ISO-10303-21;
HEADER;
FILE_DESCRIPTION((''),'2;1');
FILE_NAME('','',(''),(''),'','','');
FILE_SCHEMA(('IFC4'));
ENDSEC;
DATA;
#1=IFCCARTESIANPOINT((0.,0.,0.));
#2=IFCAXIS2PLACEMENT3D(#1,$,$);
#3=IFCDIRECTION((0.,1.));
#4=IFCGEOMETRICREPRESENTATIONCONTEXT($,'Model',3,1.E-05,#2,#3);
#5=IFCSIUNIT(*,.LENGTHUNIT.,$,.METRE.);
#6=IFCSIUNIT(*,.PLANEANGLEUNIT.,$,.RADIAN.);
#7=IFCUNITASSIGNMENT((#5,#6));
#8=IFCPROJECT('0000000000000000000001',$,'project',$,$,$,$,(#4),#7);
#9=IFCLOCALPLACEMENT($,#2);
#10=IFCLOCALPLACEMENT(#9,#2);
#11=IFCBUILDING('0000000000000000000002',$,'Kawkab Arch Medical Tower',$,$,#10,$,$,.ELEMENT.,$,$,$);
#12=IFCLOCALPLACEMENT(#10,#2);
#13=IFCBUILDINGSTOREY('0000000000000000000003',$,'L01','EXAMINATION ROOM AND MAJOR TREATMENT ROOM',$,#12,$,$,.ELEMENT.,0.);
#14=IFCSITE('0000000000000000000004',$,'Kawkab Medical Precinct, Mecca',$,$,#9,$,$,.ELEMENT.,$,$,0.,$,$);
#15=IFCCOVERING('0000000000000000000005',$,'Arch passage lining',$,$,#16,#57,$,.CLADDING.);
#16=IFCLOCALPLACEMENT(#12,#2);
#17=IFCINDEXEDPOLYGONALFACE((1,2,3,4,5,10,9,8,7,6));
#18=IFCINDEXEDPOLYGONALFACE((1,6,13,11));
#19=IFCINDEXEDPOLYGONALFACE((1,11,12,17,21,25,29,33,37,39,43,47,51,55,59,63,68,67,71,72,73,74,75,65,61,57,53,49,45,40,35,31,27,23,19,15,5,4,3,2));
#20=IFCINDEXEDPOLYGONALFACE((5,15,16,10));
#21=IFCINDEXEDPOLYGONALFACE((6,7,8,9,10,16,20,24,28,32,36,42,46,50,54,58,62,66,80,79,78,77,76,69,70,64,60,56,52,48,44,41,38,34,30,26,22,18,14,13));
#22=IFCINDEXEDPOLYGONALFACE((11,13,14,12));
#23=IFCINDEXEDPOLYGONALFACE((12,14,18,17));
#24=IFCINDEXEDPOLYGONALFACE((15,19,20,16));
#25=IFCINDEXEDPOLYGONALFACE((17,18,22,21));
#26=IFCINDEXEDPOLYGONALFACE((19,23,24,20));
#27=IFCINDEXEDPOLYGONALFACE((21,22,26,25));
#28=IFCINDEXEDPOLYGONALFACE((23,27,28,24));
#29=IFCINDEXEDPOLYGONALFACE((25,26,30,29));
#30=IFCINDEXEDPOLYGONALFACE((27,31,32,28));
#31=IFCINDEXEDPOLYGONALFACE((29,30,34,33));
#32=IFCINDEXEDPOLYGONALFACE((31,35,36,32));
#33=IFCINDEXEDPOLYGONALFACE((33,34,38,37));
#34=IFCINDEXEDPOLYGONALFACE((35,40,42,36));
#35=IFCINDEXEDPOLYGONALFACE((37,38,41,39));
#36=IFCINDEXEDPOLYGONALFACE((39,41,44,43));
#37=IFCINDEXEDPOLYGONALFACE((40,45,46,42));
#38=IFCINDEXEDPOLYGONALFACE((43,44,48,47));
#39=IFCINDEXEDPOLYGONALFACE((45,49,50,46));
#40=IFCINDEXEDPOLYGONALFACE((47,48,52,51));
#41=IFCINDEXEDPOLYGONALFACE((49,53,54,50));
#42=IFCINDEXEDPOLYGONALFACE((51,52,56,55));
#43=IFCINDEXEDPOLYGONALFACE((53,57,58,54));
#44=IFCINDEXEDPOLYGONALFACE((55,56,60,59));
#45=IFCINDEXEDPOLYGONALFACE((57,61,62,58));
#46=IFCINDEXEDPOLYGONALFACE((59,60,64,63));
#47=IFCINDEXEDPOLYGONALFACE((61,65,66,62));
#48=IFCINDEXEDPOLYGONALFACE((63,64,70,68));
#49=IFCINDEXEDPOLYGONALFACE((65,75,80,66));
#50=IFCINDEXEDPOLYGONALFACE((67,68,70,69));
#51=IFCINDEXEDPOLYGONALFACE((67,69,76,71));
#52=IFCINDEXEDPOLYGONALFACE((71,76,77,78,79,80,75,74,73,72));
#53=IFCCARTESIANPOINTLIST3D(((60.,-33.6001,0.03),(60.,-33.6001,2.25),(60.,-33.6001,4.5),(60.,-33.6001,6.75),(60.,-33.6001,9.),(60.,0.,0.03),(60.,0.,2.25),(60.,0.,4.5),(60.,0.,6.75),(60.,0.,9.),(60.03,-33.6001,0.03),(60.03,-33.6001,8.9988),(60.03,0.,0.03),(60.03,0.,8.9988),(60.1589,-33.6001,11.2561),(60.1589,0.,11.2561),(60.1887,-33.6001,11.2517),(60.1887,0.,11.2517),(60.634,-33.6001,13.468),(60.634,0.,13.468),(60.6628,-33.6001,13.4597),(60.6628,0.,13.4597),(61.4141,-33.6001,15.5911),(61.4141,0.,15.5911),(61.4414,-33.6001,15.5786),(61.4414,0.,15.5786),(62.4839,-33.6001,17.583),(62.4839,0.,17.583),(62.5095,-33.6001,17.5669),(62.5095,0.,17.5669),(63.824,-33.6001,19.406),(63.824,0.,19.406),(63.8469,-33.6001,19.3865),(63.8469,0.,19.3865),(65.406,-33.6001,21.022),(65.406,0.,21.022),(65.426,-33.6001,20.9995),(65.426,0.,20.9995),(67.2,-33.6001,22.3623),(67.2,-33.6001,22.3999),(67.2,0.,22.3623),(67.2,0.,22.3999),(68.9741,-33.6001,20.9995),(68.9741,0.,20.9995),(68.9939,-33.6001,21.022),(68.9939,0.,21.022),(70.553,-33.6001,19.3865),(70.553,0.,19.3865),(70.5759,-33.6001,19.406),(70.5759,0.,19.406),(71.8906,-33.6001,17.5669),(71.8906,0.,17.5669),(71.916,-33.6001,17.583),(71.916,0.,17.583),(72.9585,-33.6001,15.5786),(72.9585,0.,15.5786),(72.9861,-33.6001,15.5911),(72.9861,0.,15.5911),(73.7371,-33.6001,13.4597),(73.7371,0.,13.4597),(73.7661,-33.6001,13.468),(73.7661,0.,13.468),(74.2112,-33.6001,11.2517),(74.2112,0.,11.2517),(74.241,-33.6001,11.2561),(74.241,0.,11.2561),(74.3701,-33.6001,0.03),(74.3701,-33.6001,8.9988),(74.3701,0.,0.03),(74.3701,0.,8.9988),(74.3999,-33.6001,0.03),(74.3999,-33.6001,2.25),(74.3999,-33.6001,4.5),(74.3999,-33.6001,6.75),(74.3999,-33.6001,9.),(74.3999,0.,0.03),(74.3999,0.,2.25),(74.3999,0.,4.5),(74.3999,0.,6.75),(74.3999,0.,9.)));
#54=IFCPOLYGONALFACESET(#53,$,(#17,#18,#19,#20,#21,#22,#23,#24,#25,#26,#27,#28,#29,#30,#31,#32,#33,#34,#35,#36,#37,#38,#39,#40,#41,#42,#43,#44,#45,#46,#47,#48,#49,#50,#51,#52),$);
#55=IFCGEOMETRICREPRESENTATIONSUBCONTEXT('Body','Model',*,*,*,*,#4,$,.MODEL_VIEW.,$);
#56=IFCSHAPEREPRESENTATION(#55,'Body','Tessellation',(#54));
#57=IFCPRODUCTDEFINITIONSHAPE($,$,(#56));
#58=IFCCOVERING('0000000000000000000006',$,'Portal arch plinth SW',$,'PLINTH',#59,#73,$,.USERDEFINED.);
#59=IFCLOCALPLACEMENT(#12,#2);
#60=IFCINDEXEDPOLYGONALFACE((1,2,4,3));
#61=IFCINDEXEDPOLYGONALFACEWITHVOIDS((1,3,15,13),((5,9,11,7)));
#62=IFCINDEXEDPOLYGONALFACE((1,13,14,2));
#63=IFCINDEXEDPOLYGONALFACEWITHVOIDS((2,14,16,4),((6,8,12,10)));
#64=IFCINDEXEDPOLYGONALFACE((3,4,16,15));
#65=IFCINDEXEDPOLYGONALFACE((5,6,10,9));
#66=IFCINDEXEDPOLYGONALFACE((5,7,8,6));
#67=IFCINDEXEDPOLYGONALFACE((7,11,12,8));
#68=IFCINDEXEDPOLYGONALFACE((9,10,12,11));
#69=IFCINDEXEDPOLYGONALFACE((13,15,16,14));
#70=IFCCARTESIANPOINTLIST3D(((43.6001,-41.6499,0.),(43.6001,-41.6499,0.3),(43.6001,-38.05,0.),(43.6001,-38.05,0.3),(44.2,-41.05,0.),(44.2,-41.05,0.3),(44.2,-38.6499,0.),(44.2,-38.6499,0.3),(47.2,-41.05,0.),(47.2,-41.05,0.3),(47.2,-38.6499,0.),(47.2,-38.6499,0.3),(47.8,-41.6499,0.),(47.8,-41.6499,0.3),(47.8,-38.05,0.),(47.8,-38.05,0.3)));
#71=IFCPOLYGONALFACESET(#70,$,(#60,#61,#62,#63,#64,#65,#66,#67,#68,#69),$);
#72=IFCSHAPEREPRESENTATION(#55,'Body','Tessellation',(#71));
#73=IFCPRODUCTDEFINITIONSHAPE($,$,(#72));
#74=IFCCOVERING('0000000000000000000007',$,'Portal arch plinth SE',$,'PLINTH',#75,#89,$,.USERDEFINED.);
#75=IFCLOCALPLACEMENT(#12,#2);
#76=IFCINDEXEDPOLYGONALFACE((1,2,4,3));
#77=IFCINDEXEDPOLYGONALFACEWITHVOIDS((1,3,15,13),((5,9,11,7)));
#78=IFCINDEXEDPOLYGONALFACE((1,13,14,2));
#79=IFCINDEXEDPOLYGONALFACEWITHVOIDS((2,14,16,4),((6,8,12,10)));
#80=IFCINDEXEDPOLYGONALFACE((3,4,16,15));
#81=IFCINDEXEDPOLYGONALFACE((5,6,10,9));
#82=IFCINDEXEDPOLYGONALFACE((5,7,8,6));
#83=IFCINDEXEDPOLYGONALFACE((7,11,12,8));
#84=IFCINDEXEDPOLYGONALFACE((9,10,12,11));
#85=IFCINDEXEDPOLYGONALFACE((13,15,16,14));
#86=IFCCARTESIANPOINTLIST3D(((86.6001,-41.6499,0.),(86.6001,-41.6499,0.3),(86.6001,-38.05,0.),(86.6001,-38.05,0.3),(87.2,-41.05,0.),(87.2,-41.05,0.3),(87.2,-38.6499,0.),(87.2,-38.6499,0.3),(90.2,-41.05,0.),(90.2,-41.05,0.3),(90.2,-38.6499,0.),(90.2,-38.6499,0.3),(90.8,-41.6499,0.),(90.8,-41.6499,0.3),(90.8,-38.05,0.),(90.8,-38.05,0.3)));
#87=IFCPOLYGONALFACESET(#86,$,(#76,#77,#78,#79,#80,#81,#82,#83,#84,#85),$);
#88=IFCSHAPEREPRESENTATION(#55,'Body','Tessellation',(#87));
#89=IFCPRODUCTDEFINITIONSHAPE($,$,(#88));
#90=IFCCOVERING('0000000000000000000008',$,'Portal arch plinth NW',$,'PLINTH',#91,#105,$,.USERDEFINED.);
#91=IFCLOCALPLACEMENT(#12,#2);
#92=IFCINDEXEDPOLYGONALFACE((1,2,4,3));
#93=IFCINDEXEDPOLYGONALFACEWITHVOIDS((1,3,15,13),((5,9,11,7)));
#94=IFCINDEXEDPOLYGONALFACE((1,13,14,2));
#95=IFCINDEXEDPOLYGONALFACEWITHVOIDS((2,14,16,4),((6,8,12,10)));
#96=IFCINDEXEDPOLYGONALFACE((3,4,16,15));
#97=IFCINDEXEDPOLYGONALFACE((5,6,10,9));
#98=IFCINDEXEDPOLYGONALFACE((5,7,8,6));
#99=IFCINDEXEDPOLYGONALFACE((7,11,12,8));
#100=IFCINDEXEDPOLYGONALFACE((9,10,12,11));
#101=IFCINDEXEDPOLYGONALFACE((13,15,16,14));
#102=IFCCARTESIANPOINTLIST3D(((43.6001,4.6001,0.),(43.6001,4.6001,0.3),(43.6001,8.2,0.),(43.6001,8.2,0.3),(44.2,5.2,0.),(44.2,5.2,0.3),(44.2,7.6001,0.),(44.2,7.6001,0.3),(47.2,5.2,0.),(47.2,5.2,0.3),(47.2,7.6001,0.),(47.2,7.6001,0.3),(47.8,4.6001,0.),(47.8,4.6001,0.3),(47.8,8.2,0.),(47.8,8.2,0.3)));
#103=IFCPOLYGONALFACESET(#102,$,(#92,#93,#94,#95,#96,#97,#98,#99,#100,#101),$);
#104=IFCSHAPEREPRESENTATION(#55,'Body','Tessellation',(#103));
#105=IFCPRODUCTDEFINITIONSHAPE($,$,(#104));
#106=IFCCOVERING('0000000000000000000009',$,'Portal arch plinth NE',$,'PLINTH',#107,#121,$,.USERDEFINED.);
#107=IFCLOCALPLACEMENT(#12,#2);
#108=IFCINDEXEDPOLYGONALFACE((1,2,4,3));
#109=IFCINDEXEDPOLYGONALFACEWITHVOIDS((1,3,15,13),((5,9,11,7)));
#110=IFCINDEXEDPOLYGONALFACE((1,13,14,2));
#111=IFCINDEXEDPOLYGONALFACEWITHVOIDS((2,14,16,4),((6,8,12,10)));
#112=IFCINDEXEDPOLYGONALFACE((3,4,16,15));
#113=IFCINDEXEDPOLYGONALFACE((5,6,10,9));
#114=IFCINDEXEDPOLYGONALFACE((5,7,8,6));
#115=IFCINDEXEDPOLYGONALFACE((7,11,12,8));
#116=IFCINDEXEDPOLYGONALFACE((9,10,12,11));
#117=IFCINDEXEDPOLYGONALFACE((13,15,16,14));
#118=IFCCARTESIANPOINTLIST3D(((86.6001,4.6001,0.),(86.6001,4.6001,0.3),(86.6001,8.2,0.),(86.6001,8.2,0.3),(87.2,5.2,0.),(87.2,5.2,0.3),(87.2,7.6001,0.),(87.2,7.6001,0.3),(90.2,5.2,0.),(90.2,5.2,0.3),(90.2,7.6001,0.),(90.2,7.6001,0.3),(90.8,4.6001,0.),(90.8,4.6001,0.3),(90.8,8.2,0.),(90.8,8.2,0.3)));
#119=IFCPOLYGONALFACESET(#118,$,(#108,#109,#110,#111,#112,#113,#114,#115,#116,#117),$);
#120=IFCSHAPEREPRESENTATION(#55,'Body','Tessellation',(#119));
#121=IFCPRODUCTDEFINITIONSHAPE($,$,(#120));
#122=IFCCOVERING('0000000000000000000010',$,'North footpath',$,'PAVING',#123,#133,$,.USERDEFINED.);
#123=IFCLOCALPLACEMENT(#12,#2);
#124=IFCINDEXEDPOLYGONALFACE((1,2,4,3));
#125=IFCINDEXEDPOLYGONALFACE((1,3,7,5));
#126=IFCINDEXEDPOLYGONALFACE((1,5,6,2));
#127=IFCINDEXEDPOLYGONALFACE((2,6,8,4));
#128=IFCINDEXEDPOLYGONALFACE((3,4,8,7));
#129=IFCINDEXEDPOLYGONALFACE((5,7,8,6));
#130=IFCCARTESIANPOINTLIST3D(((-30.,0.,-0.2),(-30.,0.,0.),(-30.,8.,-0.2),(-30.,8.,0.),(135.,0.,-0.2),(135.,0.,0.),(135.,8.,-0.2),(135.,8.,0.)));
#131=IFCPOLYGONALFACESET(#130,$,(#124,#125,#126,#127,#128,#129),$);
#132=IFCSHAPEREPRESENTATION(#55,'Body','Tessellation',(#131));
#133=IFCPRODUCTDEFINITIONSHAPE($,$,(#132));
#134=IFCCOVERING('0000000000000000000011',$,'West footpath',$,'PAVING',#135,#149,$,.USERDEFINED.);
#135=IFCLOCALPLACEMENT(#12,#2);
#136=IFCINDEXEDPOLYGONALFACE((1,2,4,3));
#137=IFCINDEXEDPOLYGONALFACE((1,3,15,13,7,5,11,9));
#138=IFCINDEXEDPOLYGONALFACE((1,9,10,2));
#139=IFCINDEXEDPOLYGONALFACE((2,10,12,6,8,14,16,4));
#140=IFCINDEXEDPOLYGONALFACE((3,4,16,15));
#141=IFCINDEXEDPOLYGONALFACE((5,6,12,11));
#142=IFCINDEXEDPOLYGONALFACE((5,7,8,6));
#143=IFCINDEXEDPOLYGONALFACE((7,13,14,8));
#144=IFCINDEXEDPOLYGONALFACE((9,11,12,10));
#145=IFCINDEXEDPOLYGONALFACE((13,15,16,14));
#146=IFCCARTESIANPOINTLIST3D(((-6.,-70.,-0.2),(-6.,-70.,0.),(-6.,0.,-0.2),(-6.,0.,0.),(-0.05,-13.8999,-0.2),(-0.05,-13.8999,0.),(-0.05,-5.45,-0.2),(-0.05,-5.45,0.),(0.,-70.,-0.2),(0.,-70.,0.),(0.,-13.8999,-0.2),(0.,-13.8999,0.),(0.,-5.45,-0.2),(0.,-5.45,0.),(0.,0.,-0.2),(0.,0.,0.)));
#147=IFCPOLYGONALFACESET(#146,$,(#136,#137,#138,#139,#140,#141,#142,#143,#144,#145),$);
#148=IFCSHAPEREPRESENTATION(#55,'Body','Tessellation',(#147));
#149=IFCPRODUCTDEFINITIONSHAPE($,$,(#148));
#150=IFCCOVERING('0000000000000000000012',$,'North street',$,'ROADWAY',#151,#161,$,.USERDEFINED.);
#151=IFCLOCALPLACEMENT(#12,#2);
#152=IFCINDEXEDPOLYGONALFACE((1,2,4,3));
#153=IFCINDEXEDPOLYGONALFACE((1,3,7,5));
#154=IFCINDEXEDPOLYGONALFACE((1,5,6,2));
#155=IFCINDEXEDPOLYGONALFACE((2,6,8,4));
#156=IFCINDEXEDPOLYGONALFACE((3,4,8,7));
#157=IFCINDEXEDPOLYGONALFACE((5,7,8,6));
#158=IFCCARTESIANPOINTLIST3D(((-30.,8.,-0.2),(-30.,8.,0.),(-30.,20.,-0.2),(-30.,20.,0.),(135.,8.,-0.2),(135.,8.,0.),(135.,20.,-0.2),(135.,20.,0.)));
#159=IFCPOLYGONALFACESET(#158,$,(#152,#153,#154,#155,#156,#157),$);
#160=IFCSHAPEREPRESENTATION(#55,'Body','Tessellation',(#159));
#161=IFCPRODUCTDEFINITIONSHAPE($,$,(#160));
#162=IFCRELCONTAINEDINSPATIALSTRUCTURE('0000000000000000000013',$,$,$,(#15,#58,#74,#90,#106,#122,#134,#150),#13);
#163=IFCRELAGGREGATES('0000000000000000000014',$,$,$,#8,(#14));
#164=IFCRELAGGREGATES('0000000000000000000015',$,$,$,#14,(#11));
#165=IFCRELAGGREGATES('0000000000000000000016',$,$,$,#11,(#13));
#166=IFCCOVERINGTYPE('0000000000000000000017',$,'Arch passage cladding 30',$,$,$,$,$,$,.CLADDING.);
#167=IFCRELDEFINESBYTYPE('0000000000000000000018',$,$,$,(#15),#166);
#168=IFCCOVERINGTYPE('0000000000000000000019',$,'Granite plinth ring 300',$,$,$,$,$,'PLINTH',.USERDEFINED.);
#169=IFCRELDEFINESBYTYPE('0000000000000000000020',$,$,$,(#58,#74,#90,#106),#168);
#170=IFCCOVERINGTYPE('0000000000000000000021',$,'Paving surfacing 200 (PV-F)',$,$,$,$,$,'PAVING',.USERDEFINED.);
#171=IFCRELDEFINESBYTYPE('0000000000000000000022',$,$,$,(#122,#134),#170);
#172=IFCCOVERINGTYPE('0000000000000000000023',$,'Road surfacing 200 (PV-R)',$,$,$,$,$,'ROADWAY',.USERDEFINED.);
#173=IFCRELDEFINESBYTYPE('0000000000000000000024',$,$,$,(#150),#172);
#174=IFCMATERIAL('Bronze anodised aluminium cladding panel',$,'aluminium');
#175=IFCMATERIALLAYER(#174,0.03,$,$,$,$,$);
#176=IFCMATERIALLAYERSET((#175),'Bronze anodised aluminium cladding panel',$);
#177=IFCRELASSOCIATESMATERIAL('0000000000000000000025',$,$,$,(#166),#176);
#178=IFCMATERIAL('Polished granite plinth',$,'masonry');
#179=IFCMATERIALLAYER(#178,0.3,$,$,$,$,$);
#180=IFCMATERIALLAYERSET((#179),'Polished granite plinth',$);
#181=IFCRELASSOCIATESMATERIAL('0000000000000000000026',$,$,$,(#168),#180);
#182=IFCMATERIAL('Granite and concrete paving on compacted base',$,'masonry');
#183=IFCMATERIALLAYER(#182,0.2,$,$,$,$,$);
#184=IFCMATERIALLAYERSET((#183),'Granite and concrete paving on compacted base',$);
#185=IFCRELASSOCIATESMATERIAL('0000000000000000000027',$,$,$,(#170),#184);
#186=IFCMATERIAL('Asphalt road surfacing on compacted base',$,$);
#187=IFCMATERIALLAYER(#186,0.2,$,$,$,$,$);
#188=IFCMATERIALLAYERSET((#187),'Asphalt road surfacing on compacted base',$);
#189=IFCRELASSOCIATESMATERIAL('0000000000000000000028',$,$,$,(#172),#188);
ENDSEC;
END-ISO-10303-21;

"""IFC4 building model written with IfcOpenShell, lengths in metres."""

from ifc_helpers import new_model, si_unit, direction, frame, origin, place, context, subcontext, project, spatial, polyline, outline, extrude, material, layer, layer_set, type_object, element, save


model = new_model("IFC4")

# Units and contexts
model_context = context("Model", 3, precision=1e-05, world=origin(), true_north=direction((0.0, 1.0)))
body_context = subcontext(model_context, "Body", "Model", "MODEL_VIEW")
ifc_project = project(units=[si_unit("LENGTHUNIT", "METRE"), si_unit("PLANEANGLEUNIT", "RADIAN")], contexts=[model_context])

# Site, building, storey
site_placement = place(None, origin())
site = spatial("IfcSite", under=ifc_project, at=site_placement, Name="Kawkab Medical Precinct, Mecca", CompositionType="ELEMENT", RefElevation=0.0)
building_placement = place(site_placement, origin())
building = spatial("IfcBuilding", under=site, at=building_placement, Name="Kawkab Arch Medical Tower", CompositionType="ELEMENT")
storey_placement = place(building_placement, origin())
storey = spatial("IfcBuildingStorey", under=building, at=storey_placement, Name="L01", Description="EXAMINATION ROOM AND MAJOR TREATMENT ROOM", CompositionType="ELEMENT", Elevation=0.0)

# Shared definitions
placement_1 = place(storey_placement, frame((0.0, 0.0, -0.2)))

# Shared definitions
placement_2 = place(storey_placement, frame((0.0, 0.0, 0.0), z_axis=(0.0, -1.0, 0.0), x_axis=(1.0, 0.0, 0.0)))

# Coverings
ifc_material_1 = material(Name="Bronze anodised aluminium cladding panel", Category="aluminium")
ifc_layer_1 = layer(ifc_material_1, 0.03)
ifc_layer_set_1 = layer_set([ifc_layer_1], Name="Bronze anodised aluminium cladding panel")
covering_type_1 = type_object("IfcCoveringType", Name="Arch passage cladding 30", PredefinedType="CLADDING", material=ifc_layer_set_1)
element("IfcCovering", 1, at=placement_2, inside=storey, type_object=covering_type_1, Name="Arch passage lining", PredefinedType="CLADDING", context=body_context, shape_type="SweptSolid", body=[
    extrude(outline(polyline([(60.0, 4.5), (60.0, 6.75), (60.0, 9.0), (60.1589, 11.2561), (60.634, 13.468), (61.4141, 15.5911), (62.4839, 17.583), (63.824, 19.406), (65.406, 21.022), (67.2, 22.3999), (68.9939, 21.022), (70.5759, 19.406), (71.916, 17.583), (72.9861, 15.5911), (73.7661, 13.468), (74.241, 11.2561), (74.3999, 9.0), (74.3999, 6.75), (74.3999, 4.5), (74.3999, 2.25), (74.3999, 0.03), (74.3701, 0.03), (74.3701, 8.9988), (74.2112, 11.2517), (73.7371, 13.4597), (72.9585, 15.5786), (71.8906, 17.5669), (70.553, 19.3865), (68.9741, 20.9995), (67.2, 22.3623), (65.426, 20.9995), (63.8469, 19.3865), (62.5095, 17.5669), (61.4414, 15.5786), (60.6628, 13.4597), (60.1887, 11.2517), (60.03, 8.9988), (60.03, 0.03), (60.0, 0.03), (60.0, 2.25), (60.0, 4.5)])), origin(), (0.0, 0.0, 1.0), 33.6001),
])
ifc_material_2 = material(Name="Polished granite plinth", Category="masonry")
ifc_layer_2 = layer(ifc_material_2, 0.3)
ifc_layer_set_2 = layer_set([ifc_layer_2], Name="Polished granite plinth")
covering_type_2 = type_object("IfcCoveringType", Name="Granite plinth ring 300", ElementType="PLINTH", PredefinedType="USERDEFINED", material=ifc_layer_set_2)
placement_3 = place(storey_placement, origin())
element("IfcCovering", 2, at=placement_3, inside=storey, type_object=covering_type_2, Name="Portal arch plinth SW", ObjectType="PLINTH", PredefinedType="USERDEFINED", context=body_context, shape_type="SweptSolid", body=[
    extrude(outline(polyline([(43.6001, -41.6499), (47.8, -41.6499), (47.8, -38.05), (43.6001, -38.05), (43.6001, -41.6499)]), holes=[polyline([(47.2, -41.05), (44.2, -41.05), (44.2, -38.6499), (47.2, -38.6499), (47.2, -41.05)])]), origin(), (0.0, 0.0, 1.0), 0.3),
])
element("IfcCovering", 3, at=placement_3, inside=storey, type_object=covering_type_2, Name="Portal arch plinth SE", ObjectType="PLINTH", PredefinedType="USERDEFINED", context=body_context, shape_type="SweptSolid", body=[
    extrude(outline(polyline([(86.6001, -41.6499), (90.8, -41.6499), (90.8, -38.05), (86.6001, -38.05), (86.6001, -41.6499)]), holes=[polyline([(90.2, -41.05), (87.2, -41.05), (87.2, -38.6499), (90.2, -38.6499), (90.2, -41.05)])]), origin(), (0.0, 0.0, 1.0), 0.3),
])
element("IfcCovering", 4, at=placement_3, inside=storey, type_object=covering_type_2, Name="Portal arch plinth NW", ObjectType="PLINTH", PredefinedType="USERDEFINED", context=body_context, shape_type="SweptSolid", body=[
    extrude(outline(polyline([(43.6001, 4.6001), (47.8, 4.6001), (47.8, 8.2), (43.6001, 8.2), (43.6001, 4.6001)]), holes=[polyline([(47.2, 5.2), (44.2, 5.2), (44.2, 7.6001), (47.2, 7.6001), (47.2, 5.2)])]), origin(), (0.0, 0.0, 1.0), 0.3),
])
element("IfcCovering", 5, at=placement_3, inside=storey, type_object=covering_type_2, Name="Portal arch plinth NE", ObjectType="PLINTH", PredefinedType="USERDEFINED", context=body_context, shape_type="SweptSolid", body=[
    extrude(outline(polyline([(86.6001, 4.6001), (90.8, 4.6001), (90.8, 8.2), (86.6001, 8.2), (86.6001, 4.6001)]), holes=[polyline([(90.2, 5.2), (87.2, 5.2), (87.2, 7.6001), (90.2, 7.6001), (90.2, 5.2)])]), origin(), (0.0, 0.0, 1.0), 0.3),
])
ifc_material_3 = material(Name="Granite and concrete paving on compacted base", Category="masonry")
ifc_layer_3 = layer(ifc_material_3, 0.2)
ifc_layer_set_3 = layer_set([ifc_layer_3], Name="Granite and concrete paving on compacted base")
covering_type_3 = type_object("IfcCoveringType", Name="Paving surfacing 200 (PV-F)", ElementType="PAVING", PredefinedType="USERDEFINED", material=ifc_layer_set_3)
element("IfcCovering", 6, at=placement_1, inside=storey, type_object=covering_type_3, Name="North footpath", ObjectType="PAVING", PredefinedType="USERDEFINED", context=body_context, shape_type="SweptSolid", body=[
    extrude(outline(polyline([(-30.0, 0.0), (135.0, 0.0), (135.0, 8.0), (-30.0, 8.0), (-30.0, 0.0)])), origin(), (0.0, 0.0, 1.0), 0.2),
])
element("IfcCovering", 7, at=placement_1, inside=storey, type_object=covering_type_3, Name="West footpath", ObjectType="PAVING", PredefinedType="USERDEFINED", context=body_context, shape_type="SweptSolid", body=[
    extrude(outline(polyline([(-6.0, -70.0), (0.0, -70.0), (0.0, -13.8999), (-0.05, -13.8999), (-0.05, -5.45), (0.0, -5.45), (0.0, 0.0), (-6.0, 0.0), (-6.0, -70.0)])), origin(), (0.0, 0.0, 1.0), 0.2),
])
ifc_material_4 = material(Name="Asphalt road surfacing on compacted base")
ifc_layer_4 = layer(ifc_material_4, 0.2)
ifc_layer_set_4 = layer_set([ifc_layer_4], Name="Asphalt road surfacing on compacted base")
covering_type_4 = type_object("IfcCoveringType", Name="Road surfacing 200 (PV-R)", ElementType="ROADWAY", PredefinedType="USERDEFINED", material=ifc_layer_set_4)
element("IfcCovering", 8, at=placement_1, inside=storey, type_object=covering_type_4, Name="North street", ObjectType="ROADWAY", PredefinedType="USERDEFINED", context=body_context, shape_type="SweptSolid", body=[
    extrude(outline(polyline([(-30.0, 8.0), (135.0, 8.0), (135.0, 20.0), (-30.0, 20.0), (-30.0, 8.0)])), origin(), (0.0, 0.0, 1.0), 0.2),
])

save(model, "model.ifc")
